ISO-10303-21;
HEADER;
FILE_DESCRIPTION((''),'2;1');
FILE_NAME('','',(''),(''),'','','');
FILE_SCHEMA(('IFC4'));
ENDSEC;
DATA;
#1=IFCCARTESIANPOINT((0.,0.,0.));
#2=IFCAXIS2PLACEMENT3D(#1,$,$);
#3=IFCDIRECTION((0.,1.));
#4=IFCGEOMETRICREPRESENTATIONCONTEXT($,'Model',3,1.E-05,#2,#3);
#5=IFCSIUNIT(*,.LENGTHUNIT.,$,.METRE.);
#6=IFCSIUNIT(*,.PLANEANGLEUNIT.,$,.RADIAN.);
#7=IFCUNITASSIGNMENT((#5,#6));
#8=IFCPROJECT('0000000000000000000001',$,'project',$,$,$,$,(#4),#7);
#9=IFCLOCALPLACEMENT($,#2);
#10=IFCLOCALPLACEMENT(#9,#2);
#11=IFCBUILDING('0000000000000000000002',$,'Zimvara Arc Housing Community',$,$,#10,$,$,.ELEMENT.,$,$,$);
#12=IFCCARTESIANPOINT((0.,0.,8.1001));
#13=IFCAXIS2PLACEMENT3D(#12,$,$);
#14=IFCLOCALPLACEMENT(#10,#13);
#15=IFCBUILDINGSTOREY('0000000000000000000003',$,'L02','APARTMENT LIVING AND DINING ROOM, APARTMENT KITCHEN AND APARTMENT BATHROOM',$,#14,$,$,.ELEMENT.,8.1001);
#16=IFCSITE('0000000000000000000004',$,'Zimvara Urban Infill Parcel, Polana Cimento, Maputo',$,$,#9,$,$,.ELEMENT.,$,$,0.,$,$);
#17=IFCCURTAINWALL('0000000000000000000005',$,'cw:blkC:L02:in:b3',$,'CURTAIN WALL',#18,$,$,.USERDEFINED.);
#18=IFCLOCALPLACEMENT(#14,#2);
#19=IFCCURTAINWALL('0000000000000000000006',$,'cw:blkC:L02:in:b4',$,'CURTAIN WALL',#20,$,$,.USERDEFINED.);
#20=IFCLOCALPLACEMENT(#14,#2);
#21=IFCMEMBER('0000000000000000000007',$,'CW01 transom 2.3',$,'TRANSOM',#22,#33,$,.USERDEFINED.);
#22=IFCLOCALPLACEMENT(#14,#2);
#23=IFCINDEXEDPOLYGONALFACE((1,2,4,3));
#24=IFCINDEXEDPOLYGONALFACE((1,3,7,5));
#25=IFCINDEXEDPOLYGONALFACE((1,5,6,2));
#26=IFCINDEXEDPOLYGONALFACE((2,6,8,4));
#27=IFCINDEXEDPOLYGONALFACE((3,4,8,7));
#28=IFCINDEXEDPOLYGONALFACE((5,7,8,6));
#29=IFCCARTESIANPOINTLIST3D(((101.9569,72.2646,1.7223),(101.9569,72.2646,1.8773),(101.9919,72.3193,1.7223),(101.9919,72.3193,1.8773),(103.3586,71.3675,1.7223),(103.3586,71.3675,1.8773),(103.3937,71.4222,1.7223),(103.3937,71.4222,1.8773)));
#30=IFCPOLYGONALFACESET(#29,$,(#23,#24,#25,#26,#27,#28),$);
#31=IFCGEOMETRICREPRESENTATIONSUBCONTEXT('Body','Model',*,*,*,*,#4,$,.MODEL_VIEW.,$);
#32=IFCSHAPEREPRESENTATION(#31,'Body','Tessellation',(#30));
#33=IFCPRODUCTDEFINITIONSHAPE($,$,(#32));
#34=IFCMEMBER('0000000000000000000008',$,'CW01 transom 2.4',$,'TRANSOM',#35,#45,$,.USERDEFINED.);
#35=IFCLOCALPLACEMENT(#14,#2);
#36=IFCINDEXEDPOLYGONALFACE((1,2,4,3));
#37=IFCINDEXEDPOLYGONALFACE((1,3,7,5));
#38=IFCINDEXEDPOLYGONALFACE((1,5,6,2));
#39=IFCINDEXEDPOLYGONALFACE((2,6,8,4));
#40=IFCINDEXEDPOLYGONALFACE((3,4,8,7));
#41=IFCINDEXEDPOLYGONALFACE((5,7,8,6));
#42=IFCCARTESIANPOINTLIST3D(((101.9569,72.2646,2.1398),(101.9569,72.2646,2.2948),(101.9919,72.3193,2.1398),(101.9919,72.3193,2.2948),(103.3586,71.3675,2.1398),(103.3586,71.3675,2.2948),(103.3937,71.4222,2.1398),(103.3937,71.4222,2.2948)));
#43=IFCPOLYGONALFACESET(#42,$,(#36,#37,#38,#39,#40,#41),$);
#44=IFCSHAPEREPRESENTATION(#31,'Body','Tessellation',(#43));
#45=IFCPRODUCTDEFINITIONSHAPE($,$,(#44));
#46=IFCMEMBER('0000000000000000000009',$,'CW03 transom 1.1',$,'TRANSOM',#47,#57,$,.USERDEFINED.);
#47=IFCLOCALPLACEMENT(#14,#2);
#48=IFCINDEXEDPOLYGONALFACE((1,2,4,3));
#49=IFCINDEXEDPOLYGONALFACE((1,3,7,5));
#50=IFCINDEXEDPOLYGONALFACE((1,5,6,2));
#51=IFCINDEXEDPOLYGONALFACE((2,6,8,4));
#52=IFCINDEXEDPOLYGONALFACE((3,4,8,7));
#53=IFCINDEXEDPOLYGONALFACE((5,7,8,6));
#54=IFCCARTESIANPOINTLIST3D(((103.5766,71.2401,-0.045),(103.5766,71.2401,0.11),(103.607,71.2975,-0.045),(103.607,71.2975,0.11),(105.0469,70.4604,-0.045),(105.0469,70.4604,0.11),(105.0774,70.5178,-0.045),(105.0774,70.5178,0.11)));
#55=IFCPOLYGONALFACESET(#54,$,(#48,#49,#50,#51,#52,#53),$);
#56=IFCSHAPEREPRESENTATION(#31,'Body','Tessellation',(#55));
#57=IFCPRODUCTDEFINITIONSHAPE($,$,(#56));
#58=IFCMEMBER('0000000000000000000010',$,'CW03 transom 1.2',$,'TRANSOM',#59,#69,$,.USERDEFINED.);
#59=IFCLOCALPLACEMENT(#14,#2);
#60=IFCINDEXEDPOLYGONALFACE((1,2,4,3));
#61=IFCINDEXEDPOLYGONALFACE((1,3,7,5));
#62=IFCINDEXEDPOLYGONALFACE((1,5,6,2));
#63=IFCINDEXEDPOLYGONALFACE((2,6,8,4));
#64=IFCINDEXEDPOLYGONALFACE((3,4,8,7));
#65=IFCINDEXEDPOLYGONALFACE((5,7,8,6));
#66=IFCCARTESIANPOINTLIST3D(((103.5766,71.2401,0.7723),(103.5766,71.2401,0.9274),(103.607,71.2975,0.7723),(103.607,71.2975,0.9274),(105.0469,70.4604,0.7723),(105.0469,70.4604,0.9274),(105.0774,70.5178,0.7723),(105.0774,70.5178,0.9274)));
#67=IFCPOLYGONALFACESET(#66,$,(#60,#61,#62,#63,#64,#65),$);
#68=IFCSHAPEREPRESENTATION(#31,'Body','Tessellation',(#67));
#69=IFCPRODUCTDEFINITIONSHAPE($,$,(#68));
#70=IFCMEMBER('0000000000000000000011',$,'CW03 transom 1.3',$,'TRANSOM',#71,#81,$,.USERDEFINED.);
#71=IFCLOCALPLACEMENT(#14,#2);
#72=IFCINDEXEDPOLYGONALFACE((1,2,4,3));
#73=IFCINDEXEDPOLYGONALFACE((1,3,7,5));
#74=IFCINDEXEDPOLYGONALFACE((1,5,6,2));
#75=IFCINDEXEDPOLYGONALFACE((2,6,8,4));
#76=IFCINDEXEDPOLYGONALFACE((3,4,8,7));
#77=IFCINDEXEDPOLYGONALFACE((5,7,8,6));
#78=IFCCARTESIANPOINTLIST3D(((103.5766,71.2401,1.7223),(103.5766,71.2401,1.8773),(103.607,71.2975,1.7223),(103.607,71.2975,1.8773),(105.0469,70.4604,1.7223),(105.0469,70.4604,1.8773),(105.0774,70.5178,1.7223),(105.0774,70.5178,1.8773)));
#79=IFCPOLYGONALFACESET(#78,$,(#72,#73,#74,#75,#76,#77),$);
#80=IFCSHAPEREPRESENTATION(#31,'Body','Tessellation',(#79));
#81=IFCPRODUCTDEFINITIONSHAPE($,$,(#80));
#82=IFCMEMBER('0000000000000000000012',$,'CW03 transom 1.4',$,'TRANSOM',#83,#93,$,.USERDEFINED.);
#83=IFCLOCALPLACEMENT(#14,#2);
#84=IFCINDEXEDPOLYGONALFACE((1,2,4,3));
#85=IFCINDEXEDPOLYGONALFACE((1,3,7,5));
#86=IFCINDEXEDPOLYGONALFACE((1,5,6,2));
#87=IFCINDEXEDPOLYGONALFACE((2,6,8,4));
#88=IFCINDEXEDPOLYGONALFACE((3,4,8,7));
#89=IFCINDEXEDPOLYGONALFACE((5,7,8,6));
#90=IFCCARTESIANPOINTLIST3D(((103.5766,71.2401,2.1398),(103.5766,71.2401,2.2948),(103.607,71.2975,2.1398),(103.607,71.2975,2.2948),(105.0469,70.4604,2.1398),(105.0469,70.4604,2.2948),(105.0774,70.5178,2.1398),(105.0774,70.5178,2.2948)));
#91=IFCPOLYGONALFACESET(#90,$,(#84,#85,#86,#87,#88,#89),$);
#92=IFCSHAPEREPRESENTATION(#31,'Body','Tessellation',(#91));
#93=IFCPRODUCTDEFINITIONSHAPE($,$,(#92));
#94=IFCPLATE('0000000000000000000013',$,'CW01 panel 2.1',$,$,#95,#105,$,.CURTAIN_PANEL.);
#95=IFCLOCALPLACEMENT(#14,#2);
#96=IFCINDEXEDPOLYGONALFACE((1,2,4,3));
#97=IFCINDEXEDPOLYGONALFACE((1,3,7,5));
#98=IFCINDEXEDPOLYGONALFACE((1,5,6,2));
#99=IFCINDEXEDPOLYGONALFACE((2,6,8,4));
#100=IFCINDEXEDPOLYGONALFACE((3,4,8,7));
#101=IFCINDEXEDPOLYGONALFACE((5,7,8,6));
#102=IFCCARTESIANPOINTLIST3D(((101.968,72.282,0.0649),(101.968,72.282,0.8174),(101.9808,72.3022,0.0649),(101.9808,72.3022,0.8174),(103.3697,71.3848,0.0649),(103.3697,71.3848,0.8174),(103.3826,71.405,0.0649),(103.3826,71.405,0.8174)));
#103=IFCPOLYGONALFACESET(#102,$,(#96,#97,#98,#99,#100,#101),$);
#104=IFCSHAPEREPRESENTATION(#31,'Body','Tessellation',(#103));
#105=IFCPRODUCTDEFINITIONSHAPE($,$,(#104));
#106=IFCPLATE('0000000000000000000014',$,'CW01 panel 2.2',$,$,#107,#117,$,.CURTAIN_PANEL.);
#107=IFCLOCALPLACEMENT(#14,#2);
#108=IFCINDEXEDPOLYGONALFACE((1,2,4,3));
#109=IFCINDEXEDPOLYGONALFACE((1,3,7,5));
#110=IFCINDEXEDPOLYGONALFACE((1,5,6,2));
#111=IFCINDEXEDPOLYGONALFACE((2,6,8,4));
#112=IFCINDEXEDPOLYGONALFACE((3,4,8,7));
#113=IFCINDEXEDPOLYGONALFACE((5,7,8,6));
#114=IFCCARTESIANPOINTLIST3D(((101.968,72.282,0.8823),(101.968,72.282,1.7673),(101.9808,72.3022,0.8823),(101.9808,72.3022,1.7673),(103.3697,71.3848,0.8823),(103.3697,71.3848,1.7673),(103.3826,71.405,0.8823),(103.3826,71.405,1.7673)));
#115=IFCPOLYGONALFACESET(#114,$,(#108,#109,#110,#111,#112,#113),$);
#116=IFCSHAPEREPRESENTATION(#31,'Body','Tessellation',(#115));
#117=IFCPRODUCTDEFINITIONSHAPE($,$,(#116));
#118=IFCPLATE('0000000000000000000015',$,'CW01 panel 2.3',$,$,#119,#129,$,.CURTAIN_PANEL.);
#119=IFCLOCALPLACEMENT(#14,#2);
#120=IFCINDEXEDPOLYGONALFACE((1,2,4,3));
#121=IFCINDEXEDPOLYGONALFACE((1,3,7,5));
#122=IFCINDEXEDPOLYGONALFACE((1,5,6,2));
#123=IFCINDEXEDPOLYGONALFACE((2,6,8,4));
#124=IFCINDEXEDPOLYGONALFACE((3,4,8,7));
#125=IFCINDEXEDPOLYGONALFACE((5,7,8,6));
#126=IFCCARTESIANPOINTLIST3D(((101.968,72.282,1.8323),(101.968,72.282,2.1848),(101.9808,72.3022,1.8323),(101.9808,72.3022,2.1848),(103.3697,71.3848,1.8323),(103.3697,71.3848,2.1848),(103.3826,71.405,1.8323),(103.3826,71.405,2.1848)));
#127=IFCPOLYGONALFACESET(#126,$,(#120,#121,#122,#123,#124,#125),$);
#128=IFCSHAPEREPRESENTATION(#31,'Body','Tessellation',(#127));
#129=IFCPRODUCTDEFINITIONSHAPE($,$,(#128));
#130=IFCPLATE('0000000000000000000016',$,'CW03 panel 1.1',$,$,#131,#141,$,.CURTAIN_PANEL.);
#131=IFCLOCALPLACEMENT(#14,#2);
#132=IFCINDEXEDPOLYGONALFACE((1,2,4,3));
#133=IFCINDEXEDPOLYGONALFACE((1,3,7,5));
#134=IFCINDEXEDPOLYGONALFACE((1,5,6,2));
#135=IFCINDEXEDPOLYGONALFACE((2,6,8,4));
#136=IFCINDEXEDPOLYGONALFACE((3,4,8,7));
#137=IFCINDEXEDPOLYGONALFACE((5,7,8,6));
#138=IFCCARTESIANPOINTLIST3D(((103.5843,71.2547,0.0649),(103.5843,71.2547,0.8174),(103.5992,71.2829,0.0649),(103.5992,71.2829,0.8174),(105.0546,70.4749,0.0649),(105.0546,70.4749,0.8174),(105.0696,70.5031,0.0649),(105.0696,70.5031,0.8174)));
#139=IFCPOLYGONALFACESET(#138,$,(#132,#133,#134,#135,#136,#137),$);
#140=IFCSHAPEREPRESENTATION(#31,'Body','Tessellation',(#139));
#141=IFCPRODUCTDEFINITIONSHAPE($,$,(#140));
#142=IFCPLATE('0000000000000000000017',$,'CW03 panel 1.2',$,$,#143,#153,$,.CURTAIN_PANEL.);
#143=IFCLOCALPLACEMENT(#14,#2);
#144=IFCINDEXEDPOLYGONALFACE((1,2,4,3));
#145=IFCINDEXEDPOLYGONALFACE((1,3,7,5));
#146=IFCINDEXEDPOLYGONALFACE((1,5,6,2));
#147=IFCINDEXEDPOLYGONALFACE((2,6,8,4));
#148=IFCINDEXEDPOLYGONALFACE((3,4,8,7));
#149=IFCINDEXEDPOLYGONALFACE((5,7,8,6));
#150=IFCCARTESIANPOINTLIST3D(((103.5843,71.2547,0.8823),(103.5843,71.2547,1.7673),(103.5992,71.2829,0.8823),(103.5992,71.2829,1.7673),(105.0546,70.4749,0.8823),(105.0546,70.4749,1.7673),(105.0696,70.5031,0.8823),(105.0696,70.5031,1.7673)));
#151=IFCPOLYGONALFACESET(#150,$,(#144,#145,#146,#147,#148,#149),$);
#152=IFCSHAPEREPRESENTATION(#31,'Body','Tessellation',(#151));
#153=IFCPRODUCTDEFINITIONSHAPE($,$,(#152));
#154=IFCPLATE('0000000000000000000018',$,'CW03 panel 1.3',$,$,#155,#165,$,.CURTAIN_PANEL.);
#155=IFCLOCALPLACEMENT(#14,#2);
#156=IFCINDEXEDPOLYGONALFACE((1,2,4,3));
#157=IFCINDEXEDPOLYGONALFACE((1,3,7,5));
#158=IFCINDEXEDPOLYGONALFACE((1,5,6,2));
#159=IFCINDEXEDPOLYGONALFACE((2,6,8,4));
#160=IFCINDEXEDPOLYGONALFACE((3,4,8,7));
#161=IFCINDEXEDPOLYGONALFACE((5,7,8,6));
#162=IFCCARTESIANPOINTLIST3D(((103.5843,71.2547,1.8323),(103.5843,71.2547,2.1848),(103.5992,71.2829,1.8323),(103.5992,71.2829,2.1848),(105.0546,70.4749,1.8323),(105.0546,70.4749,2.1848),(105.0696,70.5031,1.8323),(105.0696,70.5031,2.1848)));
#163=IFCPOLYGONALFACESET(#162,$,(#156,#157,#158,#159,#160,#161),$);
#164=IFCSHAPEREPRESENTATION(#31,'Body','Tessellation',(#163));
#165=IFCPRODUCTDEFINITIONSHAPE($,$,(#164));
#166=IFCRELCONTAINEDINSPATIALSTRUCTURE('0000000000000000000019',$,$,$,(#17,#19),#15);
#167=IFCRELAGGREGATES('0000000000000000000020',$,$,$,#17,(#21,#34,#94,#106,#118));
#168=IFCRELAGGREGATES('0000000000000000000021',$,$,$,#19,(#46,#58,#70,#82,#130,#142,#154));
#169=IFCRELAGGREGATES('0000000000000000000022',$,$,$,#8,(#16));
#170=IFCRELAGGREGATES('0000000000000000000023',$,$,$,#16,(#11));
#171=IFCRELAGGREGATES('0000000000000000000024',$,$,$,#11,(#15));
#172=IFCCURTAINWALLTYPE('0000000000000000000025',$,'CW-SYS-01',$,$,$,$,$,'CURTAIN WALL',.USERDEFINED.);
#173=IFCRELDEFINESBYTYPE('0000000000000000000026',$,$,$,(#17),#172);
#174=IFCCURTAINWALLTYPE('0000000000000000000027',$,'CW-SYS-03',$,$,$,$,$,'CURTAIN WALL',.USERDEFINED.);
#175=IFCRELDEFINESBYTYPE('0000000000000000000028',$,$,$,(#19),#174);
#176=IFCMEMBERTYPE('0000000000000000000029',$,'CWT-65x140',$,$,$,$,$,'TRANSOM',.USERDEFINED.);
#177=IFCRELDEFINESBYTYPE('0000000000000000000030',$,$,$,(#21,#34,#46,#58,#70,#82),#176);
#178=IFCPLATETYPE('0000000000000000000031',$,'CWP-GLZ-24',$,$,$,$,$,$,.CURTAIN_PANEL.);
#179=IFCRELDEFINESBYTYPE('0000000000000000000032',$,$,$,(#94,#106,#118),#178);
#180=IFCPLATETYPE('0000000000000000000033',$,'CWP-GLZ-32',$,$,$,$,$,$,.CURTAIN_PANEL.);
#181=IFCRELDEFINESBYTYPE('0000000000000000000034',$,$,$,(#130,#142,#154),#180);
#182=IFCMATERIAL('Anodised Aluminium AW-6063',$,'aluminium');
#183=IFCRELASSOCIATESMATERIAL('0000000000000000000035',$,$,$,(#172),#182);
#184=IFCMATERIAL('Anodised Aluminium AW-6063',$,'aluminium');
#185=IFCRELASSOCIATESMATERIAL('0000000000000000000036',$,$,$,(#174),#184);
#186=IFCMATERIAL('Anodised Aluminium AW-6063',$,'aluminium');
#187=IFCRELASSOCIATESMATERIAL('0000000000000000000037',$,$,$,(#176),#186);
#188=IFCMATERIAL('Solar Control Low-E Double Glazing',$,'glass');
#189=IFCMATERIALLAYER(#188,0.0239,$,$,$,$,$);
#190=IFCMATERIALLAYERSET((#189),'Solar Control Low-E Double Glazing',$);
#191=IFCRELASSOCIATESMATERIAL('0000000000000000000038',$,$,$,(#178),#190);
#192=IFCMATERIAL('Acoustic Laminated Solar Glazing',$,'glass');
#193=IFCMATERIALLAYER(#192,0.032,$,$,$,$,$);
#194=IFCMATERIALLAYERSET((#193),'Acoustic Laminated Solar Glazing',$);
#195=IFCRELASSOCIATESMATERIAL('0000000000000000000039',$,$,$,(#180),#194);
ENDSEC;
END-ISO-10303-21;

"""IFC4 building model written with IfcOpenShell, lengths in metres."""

from ifc_helpers import new_model, si_unit, direction, frame, origin, origin_2d, place, context, subcontext, project, spatial, rectangle, extrude, material, layer, layer_set, material_profile, profile_set, type_object, element, aggregate, save


model = new_model("IFC4")

# Units and contexts
model_context = context("Model", 3, precision=1e-05, world=origin(), true_north=direction((0.0, 1.0)))
body_context = subcontext(model_context, "Body", "Model", "MODEL_VIEW")
ifc_project = project(units=[si_unit("LENGTHUNIT", "METRE"), si_unit("PLANEANGLEUNIT", "RADIAN")], contexts=[model_context])

# Site, building, storey
site_placement = place(None, origin())
site = spatial("IfcSite", under=ifc_project, at=site_placement, Name="Zimvara Urban Infill Parcel, Polana Cimento, Maputo", CompositionType="ELEMENT", RefElevation=0.0)
building_placement = place(site_placement, origin())
building = spatial("IfcBuilding", under=site, at=building_placement, Name="Zimvara Arc Housing Community", CompositionType="ELEMENT")
storey_placement = place(building_placement, frame((0.0, 0.0, 8.1001)))
storey = spatial("IfcBuildingStorey", under=building, at=storey_placement, Name="L02", Description="APARTMENT LIVING AND DINING ROOM, APARTMENT KITCHEN AND APARTMENT BATHROOM", CompositionType="ELEMENT", Elevation=8.1001)

# Curtain wall
ifc_material_1 = material(Name="Anodised Aluminium AW-6063", Category="aluminium")
curtain_wall_type_1 = type_object("IfcCurtainWallType", Name="CW-SYS-01", ElementType="CURTAIN WALL", PredefinedType="USERDEFINED", material=ifc_material_1)
curtain_wall_1_placement = place(storey_placement, origin())
curtain_wall_1 = element("IfcCurtainWall", 1, at=curtain_wall_1_placement, inside=storey, type_object=curtain_wall_type_1, Name="cw:blkC:L02:in:b3", ObjectType="CURTAIN WALL", PredefinedType="USERDEFINED")

# Curtain wall
ifc_material_2 = material(Name="Anodised Aluminium AW-6063", Category="aluminium")
curtain_wall_type_2 = type_object("IfcCurtainWallType", Name="CW-SYS-03", ElementType="CURTAIN WALL", PredefinedType="USERDEFINED", material=ifc_material_2)
curtain_wall_2_placement = place(storey_placement, origin())
curtain_wall_2 = element("IfcCurtainWall", 2, at=curtain_wall_2_placement, inside=storey, type_object=curtain_wall_type_2, Name="cw:blkC:L02:in:b4", ObjectType="CURTAIN WALL", PredefinedType="USERDEFINED")

# Members
ifc_material_3 = material(Name="Anodised Aluminium AW-6063", Category="aluminium")
ifc_material_profile_1 = material_profile(ifc_material_3, rectangle(XDim=0.0649, YDim=0.155, at=origin_2d()), Name="ALU 65x155")
ifc_profile_set_1 = profile_set([ifc_material_profile_1], Name="Anodised Aluminium AW-6063")
member_type_1 = type_object("IfcMemberType", Name="CWT-65x140", ElementType="TRANSOM", PredefinedType="USERDEFINED", material=ifc_profile_set_1)
member_1_placement = place(storey_placement, frame((101.9744, 72.292, 1.7998), z_axis=(0.842263, -0.539066, 0.0), x_axis=(0.539066, 0.842263, 0.0)))
member_1 = element("IfcMember", 3, at=member_1_placement, type_object=member_type_1, Name="CW01 transom 2.3", ObjectType="TRANSOM", PredefinedType="USERDEFINED", context=body_context, shape_type="SweptSolid", body=[
    extrude(rectangle(XDim=0.0649, YDim=0.155, at=origin_2d()), origin(), (0.0, 0.0, 1.0), 1.6643),
])
member_2_placement = place(storey_placement, frame((101.9744, 72.292, 2.2173), z_axis=(0.842263, -0.539066, 0.0), x_axis=(0.539066, 0.842263, 0.0)))
member_2 = element("IfcMember", 4, at=member_2_placement, type_object=member_type_1, Name="CW01 transom 2.4", ObjectType="TRANSOM", PredefinedType="USERDEFINED", context=body_context, shape_type="SweptSolid", body=[
    extrude(rectangle(XDim=0.0649, YDim=0.155, at=origin_2d()), origin(), (0.0, 0.0, 1.0), 1.6643),
])
member_3_placement = place(storey_placement, frame((103.5918, 71.2688, 0.0325), z_axis=(0.883463, -0.468501, 0.0), x_axis=(0.468501, 0.883463, 0.0)))
member_3 = element("IfcMember", 5, at=member_3_placement, type_object=member_type_1, Name="CW03 transom 1.1", ObjectType="TRANSOM", PredefinedType="USERDEFINED", context=body_context, shape_type="SweptSolid", body=[
    extrude(rectangle(XDim=0.0649, YDim=0.155, at=origin_2d()), origin(), (0.0, 0.0, 1.0), 1.6643),
])
member_4_placement = place(storey_placement, frame((103.5918, 71.2688, 0.8499), z_axis=(0.883463, -0.468501, 0.0), x_axis=(0.468501, 0.883463, 0.0)))
member_4 = element("IfcMember", 6, at=member_4_placement, type_object=member_type_1, Name="CW03 transom 1.2", ObjectType="TRANSOM", PredefinedType="USERDEFINED", context=body_context, shape_type="SweptSolid", body=[
    extrude(rectangle(XDim=0.0649, YDim=0.155, at=origin_2d()), origin(), (0.0, 0.0, 1.0), 1.6643),
])
member_5_placement = place(storey_placement, frame((103.5918, 71.2688, 1.7998), z_axis=(0.883463, -0.468501, 0.0), x_axis=(0.468501, 0.883463, 0.0)))
member_5 = element("IfcMember", 7, at=member_5_placement, type_object=member_type_1, Name="CW03 transom 1.3", ObjectType="TRANSOM", PredefinedType="USERDEFINED", context=body_context, shape_type="SweptSolid", body=[
    extrude(rectangle(XDim=0.0649, YDim=0.155, at=origin_2d()), origin(), (0.0, 0.0, 1.0), 1.6643),
])
member_6_placement = place(storey_placement, frame((103.5918, 71.2688, 2.2173), z_axis=(0.883463, -0.468501, 0.0), x_axis=(0.468501, 0.883463, 0.0)))
member_6 = element("IfcMember", 8, at=member_6_placement, type_object=member_type_1, Name="CW03 transom 1.4", ObjectType="TRANSOM", PredefinedType="USERDEFINED", context=body_context, shape_type="SweptSolid", body=[
    extrude(rectangle(XDim=0.0649, YDim=0.155, at=origin_2d()), origin(), (0.0, 0.0, 1.0), 1.6643),
])

# Plates
ifc_material_4 = material(Name="Solar Control Low-E Double Glazing", Category="glass")
ifc_layer_1 = layer(ifc_material_4, 0.0239)
ifc_layer_set_1 = layer_set([ifc_layer_1], Name="Solar Control Low-E Double Glazing")
plate_type_1 = type_object("IfcPlateType", Name="CWP-GLZ-24", PredefinedType="CURTAIN_PANEL", material=ifc_layer_set_1)
plate_1_placement = place(storey_placement, frame((102.6753, 71.8435, 0.0649), z_axis=(0.0, 0.0, 1.0), x_axis=(0.842265, -0.539064, 0.0)))
plate_1 = element("IfcPlate", 9, at=plate_1_placement, type_object=plate_type_1, Name="CW01 panel 2.1", PredefinedType="CURTAIN_PANEL", context=body_context, shape_type="SweptSolid", body=[
    extrude(rectangle(XDim=1.6643, YDim=0.0239, at=origin_2d()), origin(), (0.0, 0.0, 1.0), 0.7524),
])
plate_2_placement = place(storey_placement, frame((102.6753, 71.8435, 0.8823), z_axis=(0.0, 0.0, 1.0), x_axis=(0.842265, -0.539064, 0.0)))
plate_2 = element("IfcPlate", 10, at=plate_2_placement, type_object=plate_type_1, Name="CW01 panel 2.2", PredefinedType="CURTAIN_PANEL", context=body_context, shape_type="SweptSolid", body=[
    extrude(rectangle(XDim=1.6643, YDim=0.0239, at=origin_2d()), origin(), (0.0, 0.0, 1.0), 0.885),
])
plate_3_placement = place(storey_placement, frame((102.6753, 71.8435, 1.8323), z_axis=(0.0, 0.0, 1.0), x_axis=(0.842265, -0.539064, 0.0)))
plate_3 = element("IfcPlate", 11, at=plate_3_placement, type_object=plate_type_1, Name="CW01 panel 2.3", PredefinedType="CURTAIN_PANEL", context=body_context, shape_type="SweptSolid", body=[
    extrude(rectangle(XDim=1.6643, YDim=0.0239, at=origin_2d()), origin(), (0.0, 0.0, 1.0), 0.3525),
])
aggregate(curtain_wall_1, [member_1, member_2, plate_1, plate_2, plate_3])
ifc_material_5 = material(Name="Acoustic Laminated Solar Glazing", Category="glass")
ifc_layer_2 = layer(ifc_material_5, 0.032)
ifc_layer_set_2 = layer_set([ifc_layer_2], Name="Acoustic Laminated Solar Glazing")
plate_type_2 = type_object("IfcPlateType", Name="CWP-GLZ-32", PredefinedType="CURTAIN_PANEL", material=ifc_layer_set_2)
plate_4_placement = place(storey_placement, frame((104.3269, 70.8789, 0.0649), z_axis=(0.0, 0.0, 1.0), x_axis=(0.88344, -0.468545, 0.0)))
plate_4 = element("IfcPlate", 12, at=plate_4_placement, type_object=plate_type_2, Name="CW03 panel 1.1", PredefinedType="CURTAIN_PANEL", context=body_context, shape_type="SweptSolid", body=[
    extrude(rectangle(XDim=1.6643, YDim=0.032, at=origin_2d()), origin(), (0.0, 0.0, 1.0), 0.7524),
])
plate_5_placement = place(storey_placement, frame((104.3269, 70.8789, 0.8823), z_axis=(0.0, 0.0, 1.0), x_axis=(0.88344, -0.468545, 0.0)))
plate_5 = element("IfcPlate", 13, at=plate_5_placement, type_object=plate_type_2, Name="CW03 panel 1.2", PredefinedType="CURTAIN_PANEL", context=body_context, shape_type="SweptSolid", body=[
    extrude(rectangle(XDim=1.6643, YDim=0.032, at=origin_2d()), origin(), (0.0, 0.0, 1.0), 0.885),
])
plate_6_placement = place(storey_placement, frame((104.3269, 70.8789, 1.8323), z_axis=(0.0, 0.0, 1.0), x_axis=(0.88344, -0.468545, 0.0)))
plate_6 = element("IfcPlate", 14, at=plate_6_placement, type_object=plate_type_2, Name="CW03 panel 1.3", PredefinedType="CURTAIN_PANEL", context=body_context, shape_type="SweptSolid", body=[
    extrude(rectangle(XDim=1.6643, YDim=0.032, at=origin_2d()), origin(), (0.0, 0.0, 1.0), 0.3525),
])
aggregate(curtain_wall_2, [member_3, member_4, member_5, member_6, plate_4, plate_5, plate_6])

save(model, "model.ifc")
